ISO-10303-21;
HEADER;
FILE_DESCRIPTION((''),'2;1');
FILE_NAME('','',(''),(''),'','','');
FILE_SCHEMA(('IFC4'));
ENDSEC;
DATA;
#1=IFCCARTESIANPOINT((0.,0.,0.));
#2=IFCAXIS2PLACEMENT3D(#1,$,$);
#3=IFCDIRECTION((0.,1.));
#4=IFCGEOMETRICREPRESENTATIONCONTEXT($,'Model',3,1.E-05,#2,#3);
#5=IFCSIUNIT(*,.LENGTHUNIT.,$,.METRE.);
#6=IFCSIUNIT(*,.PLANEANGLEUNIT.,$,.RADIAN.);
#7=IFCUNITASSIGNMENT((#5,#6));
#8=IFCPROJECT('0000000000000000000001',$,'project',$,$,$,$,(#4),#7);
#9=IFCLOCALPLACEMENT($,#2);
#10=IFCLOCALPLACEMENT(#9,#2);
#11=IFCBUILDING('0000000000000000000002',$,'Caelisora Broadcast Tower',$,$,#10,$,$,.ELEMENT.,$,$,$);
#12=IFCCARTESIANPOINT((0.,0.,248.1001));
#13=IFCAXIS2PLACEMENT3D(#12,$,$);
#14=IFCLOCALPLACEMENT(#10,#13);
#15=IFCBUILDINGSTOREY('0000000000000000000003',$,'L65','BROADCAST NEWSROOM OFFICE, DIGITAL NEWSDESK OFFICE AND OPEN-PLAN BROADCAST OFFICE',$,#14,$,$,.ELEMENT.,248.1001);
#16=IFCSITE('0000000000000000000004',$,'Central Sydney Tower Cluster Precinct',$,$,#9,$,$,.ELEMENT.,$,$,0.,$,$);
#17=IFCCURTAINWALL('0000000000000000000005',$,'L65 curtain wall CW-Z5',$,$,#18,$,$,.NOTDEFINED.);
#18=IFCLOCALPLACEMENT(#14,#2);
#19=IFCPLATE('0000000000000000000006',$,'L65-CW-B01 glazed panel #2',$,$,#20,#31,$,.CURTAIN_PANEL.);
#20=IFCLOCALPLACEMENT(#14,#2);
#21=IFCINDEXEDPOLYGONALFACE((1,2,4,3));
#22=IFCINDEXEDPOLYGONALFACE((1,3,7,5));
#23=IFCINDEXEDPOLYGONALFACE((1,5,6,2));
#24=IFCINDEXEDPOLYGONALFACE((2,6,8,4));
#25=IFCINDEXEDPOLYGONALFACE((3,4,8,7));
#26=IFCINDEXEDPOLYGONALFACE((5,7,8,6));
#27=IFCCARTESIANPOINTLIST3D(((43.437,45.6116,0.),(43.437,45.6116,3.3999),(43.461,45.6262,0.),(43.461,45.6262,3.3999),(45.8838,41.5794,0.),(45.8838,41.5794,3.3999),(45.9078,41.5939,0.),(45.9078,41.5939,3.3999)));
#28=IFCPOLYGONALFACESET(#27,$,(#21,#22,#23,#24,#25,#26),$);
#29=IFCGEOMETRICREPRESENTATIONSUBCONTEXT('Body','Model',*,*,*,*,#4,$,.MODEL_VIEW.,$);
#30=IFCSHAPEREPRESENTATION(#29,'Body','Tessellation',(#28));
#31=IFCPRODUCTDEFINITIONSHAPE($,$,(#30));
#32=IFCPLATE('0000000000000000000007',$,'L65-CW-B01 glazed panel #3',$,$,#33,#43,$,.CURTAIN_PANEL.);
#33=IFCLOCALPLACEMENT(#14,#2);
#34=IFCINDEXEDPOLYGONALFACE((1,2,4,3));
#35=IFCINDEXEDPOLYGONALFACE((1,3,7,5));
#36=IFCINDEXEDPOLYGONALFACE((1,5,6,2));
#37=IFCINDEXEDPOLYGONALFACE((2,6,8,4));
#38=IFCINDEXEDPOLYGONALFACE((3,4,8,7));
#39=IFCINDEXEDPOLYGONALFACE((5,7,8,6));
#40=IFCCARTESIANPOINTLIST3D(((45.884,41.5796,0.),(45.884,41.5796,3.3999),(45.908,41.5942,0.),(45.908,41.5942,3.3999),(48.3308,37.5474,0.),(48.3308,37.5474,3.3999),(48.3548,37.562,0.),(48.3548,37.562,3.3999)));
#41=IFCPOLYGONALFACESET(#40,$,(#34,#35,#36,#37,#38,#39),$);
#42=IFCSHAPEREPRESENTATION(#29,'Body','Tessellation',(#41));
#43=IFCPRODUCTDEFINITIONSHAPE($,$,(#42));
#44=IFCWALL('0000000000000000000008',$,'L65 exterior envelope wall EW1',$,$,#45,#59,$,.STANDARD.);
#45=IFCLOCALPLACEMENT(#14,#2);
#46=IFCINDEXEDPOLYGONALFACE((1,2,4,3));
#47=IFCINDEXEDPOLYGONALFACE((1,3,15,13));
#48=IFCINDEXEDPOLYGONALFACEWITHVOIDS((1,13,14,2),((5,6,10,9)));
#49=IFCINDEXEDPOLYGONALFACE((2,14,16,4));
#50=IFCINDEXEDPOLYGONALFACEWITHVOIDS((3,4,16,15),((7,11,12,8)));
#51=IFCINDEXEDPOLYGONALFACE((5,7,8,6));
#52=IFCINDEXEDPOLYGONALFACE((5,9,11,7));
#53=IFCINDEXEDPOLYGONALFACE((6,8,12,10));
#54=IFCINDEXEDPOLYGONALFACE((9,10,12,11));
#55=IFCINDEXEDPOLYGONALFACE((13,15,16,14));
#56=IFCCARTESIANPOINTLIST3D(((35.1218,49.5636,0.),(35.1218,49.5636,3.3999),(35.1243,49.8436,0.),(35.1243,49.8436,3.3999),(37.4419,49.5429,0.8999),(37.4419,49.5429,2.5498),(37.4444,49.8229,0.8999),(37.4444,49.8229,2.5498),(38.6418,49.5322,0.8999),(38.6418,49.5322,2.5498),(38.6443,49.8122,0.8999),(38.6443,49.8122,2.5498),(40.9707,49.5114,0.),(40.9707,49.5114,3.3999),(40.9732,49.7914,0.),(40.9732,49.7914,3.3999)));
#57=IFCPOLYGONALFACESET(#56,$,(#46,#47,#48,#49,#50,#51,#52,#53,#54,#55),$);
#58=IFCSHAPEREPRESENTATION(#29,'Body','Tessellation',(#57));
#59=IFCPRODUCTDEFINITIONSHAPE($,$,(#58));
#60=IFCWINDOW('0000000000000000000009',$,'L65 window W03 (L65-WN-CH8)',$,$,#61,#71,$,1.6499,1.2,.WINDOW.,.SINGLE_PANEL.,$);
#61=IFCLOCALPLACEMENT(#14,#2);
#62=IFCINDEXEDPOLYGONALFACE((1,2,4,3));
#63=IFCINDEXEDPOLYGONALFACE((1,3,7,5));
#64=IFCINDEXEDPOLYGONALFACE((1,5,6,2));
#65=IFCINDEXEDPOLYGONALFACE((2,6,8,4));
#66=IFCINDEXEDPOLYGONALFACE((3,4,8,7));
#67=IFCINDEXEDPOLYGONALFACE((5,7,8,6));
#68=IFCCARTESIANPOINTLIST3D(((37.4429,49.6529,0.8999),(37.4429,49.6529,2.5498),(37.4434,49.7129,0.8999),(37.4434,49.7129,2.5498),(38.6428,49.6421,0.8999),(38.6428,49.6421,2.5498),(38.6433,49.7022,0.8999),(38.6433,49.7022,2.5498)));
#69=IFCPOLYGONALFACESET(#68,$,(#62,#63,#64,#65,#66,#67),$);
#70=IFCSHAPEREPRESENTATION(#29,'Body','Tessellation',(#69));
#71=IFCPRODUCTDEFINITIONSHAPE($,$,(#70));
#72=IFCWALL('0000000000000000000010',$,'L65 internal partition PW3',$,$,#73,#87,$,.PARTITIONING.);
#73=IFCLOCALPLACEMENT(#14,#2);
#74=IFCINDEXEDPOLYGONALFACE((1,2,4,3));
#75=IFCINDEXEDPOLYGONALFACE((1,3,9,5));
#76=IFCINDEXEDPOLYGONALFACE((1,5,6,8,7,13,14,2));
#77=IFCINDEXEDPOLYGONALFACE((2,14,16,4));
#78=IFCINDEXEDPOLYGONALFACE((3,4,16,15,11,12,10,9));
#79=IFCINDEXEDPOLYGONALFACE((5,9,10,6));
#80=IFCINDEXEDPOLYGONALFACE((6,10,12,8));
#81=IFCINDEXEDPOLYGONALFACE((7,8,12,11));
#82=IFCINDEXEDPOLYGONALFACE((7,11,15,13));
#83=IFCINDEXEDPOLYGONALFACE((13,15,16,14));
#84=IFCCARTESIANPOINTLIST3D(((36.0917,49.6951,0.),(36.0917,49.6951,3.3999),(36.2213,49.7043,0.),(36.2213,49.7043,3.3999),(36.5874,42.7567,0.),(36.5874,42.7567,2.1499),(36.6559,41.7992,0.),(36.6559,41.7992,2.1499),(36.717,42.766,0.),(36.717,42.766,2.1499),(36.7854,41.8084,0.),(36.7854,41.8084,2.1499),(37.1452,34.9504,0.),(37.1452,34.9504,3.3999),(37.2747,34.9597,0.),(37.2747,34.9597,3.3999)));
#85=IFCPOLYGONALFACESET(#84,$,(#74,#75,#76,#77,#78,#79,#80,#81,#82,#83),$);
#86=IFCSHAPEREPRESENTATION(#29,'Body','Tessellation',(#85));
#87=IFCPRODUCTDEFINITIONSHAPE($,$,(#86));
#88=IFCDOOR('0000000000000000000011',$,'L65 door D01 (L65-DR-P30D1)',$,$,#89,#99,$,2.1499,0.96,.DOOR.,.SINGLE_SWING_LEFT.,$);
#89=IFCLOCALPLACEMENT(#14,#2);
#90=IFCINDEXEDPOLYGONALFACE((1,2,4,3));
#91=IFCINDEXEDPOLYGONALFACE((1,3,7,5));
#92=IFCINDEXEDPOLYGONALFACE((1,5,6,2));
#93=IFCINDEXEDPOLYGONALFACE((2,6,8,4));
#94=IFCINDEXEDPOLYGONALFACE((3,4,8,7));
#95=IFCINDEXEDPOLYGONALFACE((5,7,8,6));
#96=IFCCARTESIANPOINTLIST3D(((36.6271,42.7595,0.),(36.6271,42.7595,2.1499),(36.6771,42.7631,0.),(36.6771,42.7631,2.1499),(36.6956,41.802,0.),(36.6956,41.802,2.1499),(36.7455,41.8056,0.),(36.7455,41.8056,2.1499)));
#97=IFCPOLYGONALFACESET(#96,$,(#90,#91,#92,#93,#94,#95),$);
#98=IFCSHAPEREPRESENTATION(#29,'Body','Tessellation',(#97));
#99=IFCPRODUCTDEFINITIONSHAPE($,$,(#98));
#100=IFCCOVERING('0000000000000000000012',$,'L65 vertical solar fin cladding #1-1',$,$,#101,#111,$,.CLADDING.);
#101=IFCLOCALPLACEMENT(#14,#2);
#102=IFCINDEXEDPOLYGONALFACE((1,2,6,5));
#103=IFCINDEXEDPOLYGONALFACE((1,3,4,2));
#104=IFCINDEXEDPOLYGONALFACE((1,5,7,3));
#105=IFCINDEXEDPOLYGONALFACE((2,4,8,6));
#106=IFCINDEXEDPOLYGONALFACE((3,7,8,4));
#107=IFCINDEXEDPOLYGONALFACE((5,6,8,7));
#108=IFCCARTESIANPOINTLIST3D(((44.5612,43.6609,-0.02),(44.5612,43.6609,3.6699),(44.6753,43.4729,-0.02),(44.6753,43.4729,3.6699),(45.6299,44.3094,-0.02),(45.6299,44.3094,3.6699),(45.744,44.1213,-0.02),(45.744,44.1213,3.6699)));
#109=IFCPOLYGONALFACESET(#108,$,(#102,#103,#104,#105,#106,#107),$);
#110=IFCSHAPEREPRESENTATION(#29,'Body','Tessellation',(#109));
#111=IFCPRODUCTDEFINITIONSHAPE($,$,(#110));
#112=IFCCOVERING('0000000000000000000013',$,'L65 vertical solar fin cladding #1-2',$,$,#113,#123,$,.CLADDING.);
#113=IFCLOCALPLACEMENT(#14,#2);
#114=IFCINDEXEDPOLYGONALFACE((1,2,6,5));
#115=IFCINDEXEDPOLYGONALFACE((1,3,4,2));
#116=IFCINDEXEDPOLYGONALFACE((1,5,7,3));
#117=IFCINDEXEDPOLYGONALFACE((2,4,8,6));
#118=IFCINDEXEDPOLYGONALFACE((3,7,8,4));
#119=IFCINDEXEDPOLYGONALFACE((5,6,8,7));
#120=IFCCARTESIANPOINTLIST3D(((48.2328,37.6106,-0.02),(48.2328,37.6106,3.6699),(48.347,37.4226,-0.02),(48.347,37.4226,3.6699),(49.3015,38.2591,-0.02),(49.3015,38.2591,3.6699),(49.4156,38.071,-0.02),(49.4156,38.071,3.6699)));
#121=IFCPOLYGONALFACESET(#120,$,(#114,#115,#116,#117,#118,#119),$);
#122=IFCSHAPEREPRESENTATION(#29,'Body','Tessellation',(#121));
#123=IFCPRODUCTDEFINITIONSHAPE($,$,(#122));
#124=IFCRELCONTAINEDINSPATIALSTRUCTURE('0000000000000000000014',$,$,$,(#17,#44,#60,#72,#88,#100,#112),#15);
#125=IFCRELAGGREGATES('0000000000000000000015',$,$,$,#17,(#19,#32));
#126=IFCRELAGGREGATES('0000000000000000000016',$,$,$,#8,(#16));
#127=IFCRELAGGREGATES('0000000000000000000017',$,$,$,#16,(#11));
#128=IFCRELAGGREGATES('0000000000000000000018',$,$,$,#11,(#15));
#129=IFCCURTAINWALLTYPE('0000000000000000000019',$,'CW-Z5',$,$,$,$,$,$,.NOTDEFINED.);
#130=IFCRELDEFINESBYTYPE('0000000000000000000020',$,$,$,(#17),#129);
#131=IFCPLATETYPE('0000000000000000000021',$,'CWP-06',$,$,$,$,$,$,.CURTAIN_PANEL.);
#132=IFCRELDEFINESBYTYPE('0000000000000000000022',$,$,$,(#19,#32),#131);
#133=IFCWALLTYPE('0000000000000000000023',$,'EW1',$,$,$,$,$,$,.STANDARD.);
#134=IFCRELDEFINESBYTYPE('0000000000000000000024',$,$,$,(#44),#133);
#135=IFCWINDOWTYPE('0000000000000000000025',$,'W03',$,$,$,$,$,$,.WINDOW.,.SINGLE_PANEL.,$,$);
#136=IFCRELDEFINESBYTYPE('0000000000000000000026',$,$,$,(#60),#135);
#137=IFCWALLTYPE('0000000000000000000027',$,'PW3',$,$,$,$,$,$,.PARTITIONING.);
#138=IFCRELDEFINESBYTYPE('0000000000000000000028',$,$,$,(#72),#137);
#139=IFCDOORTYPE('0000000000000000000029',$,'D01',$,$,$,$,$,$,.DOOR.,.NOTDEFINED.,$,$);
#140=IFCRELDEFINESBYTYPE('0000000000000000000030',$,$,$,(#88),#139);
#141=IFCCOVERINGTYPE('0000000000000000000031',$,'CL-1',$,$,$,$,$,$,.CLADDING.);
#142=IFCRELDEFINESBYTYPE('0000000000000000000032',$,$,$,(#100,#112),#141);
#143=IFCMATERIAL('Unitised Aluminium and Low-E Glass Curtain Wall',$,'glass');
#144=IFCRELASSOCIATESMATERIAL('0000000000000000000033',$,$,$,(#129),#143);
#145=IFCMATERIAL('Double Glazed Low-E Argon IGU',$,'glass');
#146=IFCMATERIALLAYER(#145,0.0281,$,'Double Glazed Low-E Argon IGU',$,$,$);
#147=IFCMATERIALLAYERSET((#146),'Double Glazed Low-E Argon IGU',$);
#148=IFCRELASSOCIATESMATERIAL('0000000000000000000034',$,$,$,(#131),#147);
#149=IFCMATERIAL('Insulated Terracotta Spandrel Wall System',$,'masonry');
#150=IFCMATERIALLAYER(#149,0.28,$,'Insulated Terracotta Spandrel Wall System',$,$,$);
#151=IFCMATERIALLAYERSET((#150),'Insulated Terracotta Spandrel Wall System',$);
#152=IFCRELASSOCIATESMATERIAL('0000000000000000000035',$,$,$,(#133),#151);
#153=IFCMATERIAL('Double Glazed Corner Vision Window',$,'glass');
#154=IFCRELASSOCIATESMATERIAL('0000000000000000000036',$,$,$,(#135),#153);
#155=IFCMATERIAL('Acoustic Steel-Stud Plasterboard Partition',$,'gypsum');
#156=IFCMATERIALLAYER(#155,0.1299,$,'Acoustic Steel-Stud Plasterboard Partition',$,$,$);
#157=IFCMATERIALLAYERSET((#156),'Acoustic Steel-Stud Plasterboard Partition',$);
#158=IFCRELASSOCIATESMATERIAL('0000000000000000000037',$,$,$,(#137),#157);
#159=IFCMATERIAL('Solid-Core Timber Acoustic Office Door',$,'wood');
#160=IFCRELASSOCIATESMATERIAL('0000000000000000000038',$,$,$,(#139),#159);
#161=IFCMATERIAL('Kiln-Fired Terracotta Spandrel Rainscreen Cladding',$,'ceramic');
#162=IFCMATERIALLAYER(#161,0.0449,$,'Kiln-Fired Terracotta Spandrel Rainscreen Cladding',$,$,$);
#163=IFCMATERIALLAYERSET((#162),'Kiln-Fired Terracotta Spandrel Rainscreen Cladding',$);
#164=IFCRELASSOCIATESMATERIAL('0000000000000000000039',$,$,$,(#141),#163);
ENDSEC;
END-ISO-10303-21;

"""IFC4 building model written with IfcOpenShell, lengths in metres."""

from ifc_helpers import new_model, si_unit, direction, frame, frame_2d, origin, origin_2d, place, context, subcontext, project, spatial, rectangle, extrude, source, transform, mapped, material, layer, layer_set, type_object, type_shapes, element, fill, aggregate, save


model = new_model("IFC4")

# Units and contexts
model_context = context("Model", 3, precision=1e-05, world=origin(), true_north=direction((0.0, 1.0)))
body_context = subcontext(model_context, "Body", "Model", "MODEL_VIEW")
ifc_project = project(units=[si_unit("LENGTHUNIT", "METRE"), si_unit("PLANEANGLEUNIT", "RADIAN")], contexts=[model_context])

# Site, building, storey
site_placement = place(None, origin())
site = spatial("IfcSite", under=ifc_project, at=site_placement, Name="Central Sydney Tower Cluster Precinct", CompositionType="ELEMENT", RefElevation=0.0)
building_placement = place(site_placement, origin())
building = spatial("IfcBuilding", under=site, at=building_placement, Name="Caelisora Broadcast Tower", CompositionType="ELEMENT")
storey_placement = place(building_placement, frame((0.0, 0.0, 248.1001)))
storey = spatial("IfcBuildingStorey", under=building, at=storey_placement, Name="L65", Description="BROADCAST NEWSROOM OFFICE, DIGITAL NEWSDESK OFFICE AND OPEN-PLAN BROADCAST OFFICE", CompositionType="ELEMENT", Elevation=248.1001)

# Curtain wall
ifc_material_1 = material(Name="Unitised Aluminium and Low-E Glass Curtain Wall", Category="glass")
curtain_wall_type_1 = type_object("IfcCurtainWallType", Name="CW-Z5", PredefinedType="NOTDEFINED", material=ifc_material_1)
curtain_wall_1_placement = place(storey_placement, origin())
curtain_wall_1 = element("IfcCurtainWall", 1, at=curtain_wall_1_placement, inside=storey, type_object=curtain_wall_type_1, Name="L65 curtain wall CW-Z5", PredefinedType="NOTDEFINED")

# Plates
ifc_material_2 = material(Name="Double Glazed Low-E Argon IGU", Category="glass")
ifc_layer_1 = layer(ifc_material_2, 0.0281, Name="Double Glazed Low-E Argon IGU")
ifc_layer_set_1 = layer_set([ifc_layer_1], Name="Double Glazed Low-E Argon IGU")
plate_type_1 = type_object("IfcPlateType", Name="CWP-06", PredefinedType="CURTAIN_PANEL", material=ifc_layer_set_1)
shared_shape_1 = source(origin(), body_context, "Body", "SweptSolid", [
    extrude(rectangle(XDim=4.7166, YDim=0.0281, at=origin_2d()), origin(), (0.0, 0.0, 1.0), 3.3999),
])
type_shapes(plate_type_1, [shared_shape_1])
plate_1_placement = place(storey_placement, frame((44.6724, 43.6028, 0.0), z_axis=(0.0, 0.0, 1.0), x_axis=(0.518773, -0.854912, 0.0)))
plate_1 = element("IfcPlate", 2, at=plate_1_placement, type_object=plate_type_1, Name="L65-CW-B01 glazed panel #2", PredefinedType="CURTAIN_PANEL", context=body_context, shape_type="MappedRepresentation", body=[
    mapped(shared_shape_1, transform((0.0, 0.0, 0.0), scale=1.0)),
])
plate_2_placement = place(storey_placement, frame((47.1194, 39.5708, 0.0), z_axis=(0.0, 0.0, 1.0), x_axis=(0.518773, -0.854912, 0.0)))
plate_2 = element("IfcPlate", 3, at=plate_2_placement, type_object=plate_type_1, Name="L65-CW-B01 glazed panel #3", PredefinedType="CURTAIN_PANEL", context=body_context, shape_type="MappedRepresentation", body=[
    mapped(shared_shape_1, transform((0.0, 0.0, 0.0), scale=1.0)),
])
aggregate(curtain_wall_1, [plate_1, plate_2])

# Wall, opening, window
ifc_material_3 = material(Name="Insulated Terracotta Spandrel Wall System", Category="masonry")
ifc_layer_2 = layer(ifc_material_3, 0.28, Name="Insulated Terracotta Spandrel Wall System")
ifc_layer_set_2 = layer_set([ifc_layer_2], Name="Insulated Terracotta Spandrel Wall System")
wall_type_1 = type_object("IfcWallType", Name="EW1", PredefinedType="STANDARD", material=ifc_layer_set_2)
wall_1_placement = place(storey_placement, frame((35.123, 49.7036, 0.0), z_axis=(0.0, 0.0, 1.0), x_axis=(0.99996, -0.008932, 0.0)))
wall_1 = element("IfcWall", 4, at=wall_1_placement, inside=storey, type_object=wall_type_1, Name="L65 exterior envelope wall EW1", PredefinedType="STANDARD", context=body_context, shape_type="SweptSolid", body=[
    extrude(rectangle(XDim=5.8491, YDim=0.28, at=frame_2d((2.9246, 0.0))), origin(), (0.0, 0.0, 1.0), 3.3999),
])
opening_1_placement = place(wall_1_placement, frame((2.3201, 0.0, 0.8999)))
opening_1 = element("IfcOpeningElement", 5, at=opening_1_placement, cuts=wall_1, PredefinedType="OPENING", context=body_context, shape_type="SweptSolid", body=[
    extrude(rectangle(XDim=1.2, YDim=1.6499, at=frame_2d((0.6001, 0.825))), frame((0.0, 0.1521, 0.0), z_axis=(0.0, -1.0, 0.0), x_axis=(1.0, 0.0, 0.0)), (0.0, 0.0, 1.0), 0.304),
])
ifc_material_4 = material(Name="Double Glazed Corner Vision Window", Category="glass")
window_type = type_object("IfcWindowType", Name="W03", PartitioningType="SINGLE_PANEL", PredefinedType="WINDOW", material=ifc_material_4)
window_placement = place(opening_1_placement, origin())
window = element("IfcWindow", 6, at=window_placement, inside=storey, type_object=window_type, Name="L65 window W03 (L65-WN-CH8)", OverallHeight=1.6499, OverallWidth=1.2, PartitioningType="SINGLE_PANEL", PredefinedType="WINDOW", context=body_context, shape_type="SweptSolid", body=[
    extrude(rectangle(XDim=1.2, YDim=1.6499, at=frame_2d((0.6001, 0.825))), frame((0.0, 0.03, 0.0), z_axis=(0.0, -1.0, 0.0), x_axis=(1.0, 0.0, 0.0)), (0.0, 0.0, 1.0), 0.0601),
])
fill(opening_1, window)

# Wall, opening, door
ifc_material_5 = material(Name="Acoustic Steel-Stud Plasterboard Partition", Category="gypsum")
ifc_layer_3 = layer(ifc_material_5, 0.1299, Name="Acoustic Steel-Stud Plasterboard Partition")
ifc_layer_set_3 = layer_set([ifc_layer_3], Name="Acoustic Steel-Stud Plasterboard Partition")
wall_type_2 = type_object("IfcWallType", Name="PW3", PredefinedType="PARTITIONING", material=ifc_layer_set_3)
wall_2_placement = place(storey_placement, frame((36.1565, 49.6997, 0.0), z_axis=(0.0, 0.0, 1.0), x_axis=(0.071266, -0.997457, 0.0)))
wall_2 = element("IfcWall", 7, at=wall_2_placement, inside=storey, type_object=wall_type_2, Name="L65 internal partition PW3", PredefinedType="PARTITIONING", context=body_context, shape_type="SweptSolid", body=[
    extrude(rectangle(XDim=14.7822, YDim=0.1299, at=frame_2d((7.3911, 0.0))), origin(), (0.0, 0.0, 1.0), 3.3999),
])
opening_2_placement = place(wall_2_placement, frame((6.9561, 0.0, 0.0)))
opening_2 = element("IfcOpeningElement", 8, at=opening_2_placement, cuts=wall_2, PredefinedType="OPENING", context=body_context, shape_type="SweptSolid", body=[
    extrude(rectangle(XDim=0.96, YDim=2.1499, at=frame_2d((0.48, 1.075))), frame((0.0, 0.0769, 0.0), z_axis=(0.0, -1.0, 0.0), x_axis=(1.0, 0.0, 0.0)), (0.0, 0.0, 1.0), 0.1538),
])
ifc_material_6 = material(Name="Solid-Core Timber Acoustic Office Door", Category="wood")
door_type = type_object("IfcDoorType", Name="D01", OperationType="NOTDEFINED", PredefinedType="DOOR", material=ifc_material_6)
door_placement = place(opening_2_placement, origin())
door = element("IfcDoor", 9, at=door_placement, inside=storey, type_object=door_type, Name="L65 door D01 (L65-DR-P30D1)", OperationType="SINGLE_SWING_LEFT", OverallHeight=2.1499, OverallWidth=0.96, PredefinedType="DOOR", context=body_context, shape_type="SweptSolid", body=[
    extrude(rectangle(XDim=0.96, YDim=2.1499, at=frame_2d((0.48, 1.075))), frame((0.0, 0.0249, 0.0), z_axis=(0.0, -1.0, 0.0), x_axis=(1.0, 0.0, 0.0)), (0.0, 0.0, 1.0), 0.05),
])
fill(opening_2, door)

# Coverings
ifc_material_7 = material(Name="Kiln-Fired Terracotta Spandrel Rainscreen Cladding", Category="ceramic")
ifc_layer_4 = layer(ifc_material_7, 0.0449, Name="Kiln-Fired Terracotta Spandrel Rainscreen Cladding")
ifc_layer_set_4 = layer_set([ifc_layer_4], Name="Kiln-Fired Terracotta Spandrel Rainscreen Cladding")
covering_type = type_object("IfcCoveringType", Name="CL-1", PredefinedType="CLADDING", material=ifc_layer_set_4)
shared_shape_2 = source(origin(), body_context, "Body", "SweptSolid", [
    extrude(rectangle(XDim=0.22, YDim=1.25, at=origin_2d()), origin(), (0.0, 0.0, 1.0), 3.6899),
])
type_shapes(covering_type, [shared_shape_2])
for number, where, z_axis, x_axis, name in (
    (10, (45.1526, 43.8911, -0.02), (0.0, 0.0, 1.0), (0.518773, -0.854912, 0.0), "L65 vertical solar fin cladding #1-1"),
    (11, (48.8242, 37.8408, -0.02), (0.0, 0.0, 1.0), (0.518773, -0.854912, 0.0), "L65 vertical solar fin cladding #1-2"),
):
    element("IfcCovering", number, at=place(storey_placement, frame(where, z_axis=z_axis, x_axis=x_axis)), inside=storey, type_object=covering_type, Name=name, PredefinedType="CLADDING", context=body_context, shape_type="MappedRepresentation", body=[
        mapped(shared_shape_2, transform((0.0, 0.0, 0.0), scale=1.0)),
    ])

save(model, "model.ifc")
